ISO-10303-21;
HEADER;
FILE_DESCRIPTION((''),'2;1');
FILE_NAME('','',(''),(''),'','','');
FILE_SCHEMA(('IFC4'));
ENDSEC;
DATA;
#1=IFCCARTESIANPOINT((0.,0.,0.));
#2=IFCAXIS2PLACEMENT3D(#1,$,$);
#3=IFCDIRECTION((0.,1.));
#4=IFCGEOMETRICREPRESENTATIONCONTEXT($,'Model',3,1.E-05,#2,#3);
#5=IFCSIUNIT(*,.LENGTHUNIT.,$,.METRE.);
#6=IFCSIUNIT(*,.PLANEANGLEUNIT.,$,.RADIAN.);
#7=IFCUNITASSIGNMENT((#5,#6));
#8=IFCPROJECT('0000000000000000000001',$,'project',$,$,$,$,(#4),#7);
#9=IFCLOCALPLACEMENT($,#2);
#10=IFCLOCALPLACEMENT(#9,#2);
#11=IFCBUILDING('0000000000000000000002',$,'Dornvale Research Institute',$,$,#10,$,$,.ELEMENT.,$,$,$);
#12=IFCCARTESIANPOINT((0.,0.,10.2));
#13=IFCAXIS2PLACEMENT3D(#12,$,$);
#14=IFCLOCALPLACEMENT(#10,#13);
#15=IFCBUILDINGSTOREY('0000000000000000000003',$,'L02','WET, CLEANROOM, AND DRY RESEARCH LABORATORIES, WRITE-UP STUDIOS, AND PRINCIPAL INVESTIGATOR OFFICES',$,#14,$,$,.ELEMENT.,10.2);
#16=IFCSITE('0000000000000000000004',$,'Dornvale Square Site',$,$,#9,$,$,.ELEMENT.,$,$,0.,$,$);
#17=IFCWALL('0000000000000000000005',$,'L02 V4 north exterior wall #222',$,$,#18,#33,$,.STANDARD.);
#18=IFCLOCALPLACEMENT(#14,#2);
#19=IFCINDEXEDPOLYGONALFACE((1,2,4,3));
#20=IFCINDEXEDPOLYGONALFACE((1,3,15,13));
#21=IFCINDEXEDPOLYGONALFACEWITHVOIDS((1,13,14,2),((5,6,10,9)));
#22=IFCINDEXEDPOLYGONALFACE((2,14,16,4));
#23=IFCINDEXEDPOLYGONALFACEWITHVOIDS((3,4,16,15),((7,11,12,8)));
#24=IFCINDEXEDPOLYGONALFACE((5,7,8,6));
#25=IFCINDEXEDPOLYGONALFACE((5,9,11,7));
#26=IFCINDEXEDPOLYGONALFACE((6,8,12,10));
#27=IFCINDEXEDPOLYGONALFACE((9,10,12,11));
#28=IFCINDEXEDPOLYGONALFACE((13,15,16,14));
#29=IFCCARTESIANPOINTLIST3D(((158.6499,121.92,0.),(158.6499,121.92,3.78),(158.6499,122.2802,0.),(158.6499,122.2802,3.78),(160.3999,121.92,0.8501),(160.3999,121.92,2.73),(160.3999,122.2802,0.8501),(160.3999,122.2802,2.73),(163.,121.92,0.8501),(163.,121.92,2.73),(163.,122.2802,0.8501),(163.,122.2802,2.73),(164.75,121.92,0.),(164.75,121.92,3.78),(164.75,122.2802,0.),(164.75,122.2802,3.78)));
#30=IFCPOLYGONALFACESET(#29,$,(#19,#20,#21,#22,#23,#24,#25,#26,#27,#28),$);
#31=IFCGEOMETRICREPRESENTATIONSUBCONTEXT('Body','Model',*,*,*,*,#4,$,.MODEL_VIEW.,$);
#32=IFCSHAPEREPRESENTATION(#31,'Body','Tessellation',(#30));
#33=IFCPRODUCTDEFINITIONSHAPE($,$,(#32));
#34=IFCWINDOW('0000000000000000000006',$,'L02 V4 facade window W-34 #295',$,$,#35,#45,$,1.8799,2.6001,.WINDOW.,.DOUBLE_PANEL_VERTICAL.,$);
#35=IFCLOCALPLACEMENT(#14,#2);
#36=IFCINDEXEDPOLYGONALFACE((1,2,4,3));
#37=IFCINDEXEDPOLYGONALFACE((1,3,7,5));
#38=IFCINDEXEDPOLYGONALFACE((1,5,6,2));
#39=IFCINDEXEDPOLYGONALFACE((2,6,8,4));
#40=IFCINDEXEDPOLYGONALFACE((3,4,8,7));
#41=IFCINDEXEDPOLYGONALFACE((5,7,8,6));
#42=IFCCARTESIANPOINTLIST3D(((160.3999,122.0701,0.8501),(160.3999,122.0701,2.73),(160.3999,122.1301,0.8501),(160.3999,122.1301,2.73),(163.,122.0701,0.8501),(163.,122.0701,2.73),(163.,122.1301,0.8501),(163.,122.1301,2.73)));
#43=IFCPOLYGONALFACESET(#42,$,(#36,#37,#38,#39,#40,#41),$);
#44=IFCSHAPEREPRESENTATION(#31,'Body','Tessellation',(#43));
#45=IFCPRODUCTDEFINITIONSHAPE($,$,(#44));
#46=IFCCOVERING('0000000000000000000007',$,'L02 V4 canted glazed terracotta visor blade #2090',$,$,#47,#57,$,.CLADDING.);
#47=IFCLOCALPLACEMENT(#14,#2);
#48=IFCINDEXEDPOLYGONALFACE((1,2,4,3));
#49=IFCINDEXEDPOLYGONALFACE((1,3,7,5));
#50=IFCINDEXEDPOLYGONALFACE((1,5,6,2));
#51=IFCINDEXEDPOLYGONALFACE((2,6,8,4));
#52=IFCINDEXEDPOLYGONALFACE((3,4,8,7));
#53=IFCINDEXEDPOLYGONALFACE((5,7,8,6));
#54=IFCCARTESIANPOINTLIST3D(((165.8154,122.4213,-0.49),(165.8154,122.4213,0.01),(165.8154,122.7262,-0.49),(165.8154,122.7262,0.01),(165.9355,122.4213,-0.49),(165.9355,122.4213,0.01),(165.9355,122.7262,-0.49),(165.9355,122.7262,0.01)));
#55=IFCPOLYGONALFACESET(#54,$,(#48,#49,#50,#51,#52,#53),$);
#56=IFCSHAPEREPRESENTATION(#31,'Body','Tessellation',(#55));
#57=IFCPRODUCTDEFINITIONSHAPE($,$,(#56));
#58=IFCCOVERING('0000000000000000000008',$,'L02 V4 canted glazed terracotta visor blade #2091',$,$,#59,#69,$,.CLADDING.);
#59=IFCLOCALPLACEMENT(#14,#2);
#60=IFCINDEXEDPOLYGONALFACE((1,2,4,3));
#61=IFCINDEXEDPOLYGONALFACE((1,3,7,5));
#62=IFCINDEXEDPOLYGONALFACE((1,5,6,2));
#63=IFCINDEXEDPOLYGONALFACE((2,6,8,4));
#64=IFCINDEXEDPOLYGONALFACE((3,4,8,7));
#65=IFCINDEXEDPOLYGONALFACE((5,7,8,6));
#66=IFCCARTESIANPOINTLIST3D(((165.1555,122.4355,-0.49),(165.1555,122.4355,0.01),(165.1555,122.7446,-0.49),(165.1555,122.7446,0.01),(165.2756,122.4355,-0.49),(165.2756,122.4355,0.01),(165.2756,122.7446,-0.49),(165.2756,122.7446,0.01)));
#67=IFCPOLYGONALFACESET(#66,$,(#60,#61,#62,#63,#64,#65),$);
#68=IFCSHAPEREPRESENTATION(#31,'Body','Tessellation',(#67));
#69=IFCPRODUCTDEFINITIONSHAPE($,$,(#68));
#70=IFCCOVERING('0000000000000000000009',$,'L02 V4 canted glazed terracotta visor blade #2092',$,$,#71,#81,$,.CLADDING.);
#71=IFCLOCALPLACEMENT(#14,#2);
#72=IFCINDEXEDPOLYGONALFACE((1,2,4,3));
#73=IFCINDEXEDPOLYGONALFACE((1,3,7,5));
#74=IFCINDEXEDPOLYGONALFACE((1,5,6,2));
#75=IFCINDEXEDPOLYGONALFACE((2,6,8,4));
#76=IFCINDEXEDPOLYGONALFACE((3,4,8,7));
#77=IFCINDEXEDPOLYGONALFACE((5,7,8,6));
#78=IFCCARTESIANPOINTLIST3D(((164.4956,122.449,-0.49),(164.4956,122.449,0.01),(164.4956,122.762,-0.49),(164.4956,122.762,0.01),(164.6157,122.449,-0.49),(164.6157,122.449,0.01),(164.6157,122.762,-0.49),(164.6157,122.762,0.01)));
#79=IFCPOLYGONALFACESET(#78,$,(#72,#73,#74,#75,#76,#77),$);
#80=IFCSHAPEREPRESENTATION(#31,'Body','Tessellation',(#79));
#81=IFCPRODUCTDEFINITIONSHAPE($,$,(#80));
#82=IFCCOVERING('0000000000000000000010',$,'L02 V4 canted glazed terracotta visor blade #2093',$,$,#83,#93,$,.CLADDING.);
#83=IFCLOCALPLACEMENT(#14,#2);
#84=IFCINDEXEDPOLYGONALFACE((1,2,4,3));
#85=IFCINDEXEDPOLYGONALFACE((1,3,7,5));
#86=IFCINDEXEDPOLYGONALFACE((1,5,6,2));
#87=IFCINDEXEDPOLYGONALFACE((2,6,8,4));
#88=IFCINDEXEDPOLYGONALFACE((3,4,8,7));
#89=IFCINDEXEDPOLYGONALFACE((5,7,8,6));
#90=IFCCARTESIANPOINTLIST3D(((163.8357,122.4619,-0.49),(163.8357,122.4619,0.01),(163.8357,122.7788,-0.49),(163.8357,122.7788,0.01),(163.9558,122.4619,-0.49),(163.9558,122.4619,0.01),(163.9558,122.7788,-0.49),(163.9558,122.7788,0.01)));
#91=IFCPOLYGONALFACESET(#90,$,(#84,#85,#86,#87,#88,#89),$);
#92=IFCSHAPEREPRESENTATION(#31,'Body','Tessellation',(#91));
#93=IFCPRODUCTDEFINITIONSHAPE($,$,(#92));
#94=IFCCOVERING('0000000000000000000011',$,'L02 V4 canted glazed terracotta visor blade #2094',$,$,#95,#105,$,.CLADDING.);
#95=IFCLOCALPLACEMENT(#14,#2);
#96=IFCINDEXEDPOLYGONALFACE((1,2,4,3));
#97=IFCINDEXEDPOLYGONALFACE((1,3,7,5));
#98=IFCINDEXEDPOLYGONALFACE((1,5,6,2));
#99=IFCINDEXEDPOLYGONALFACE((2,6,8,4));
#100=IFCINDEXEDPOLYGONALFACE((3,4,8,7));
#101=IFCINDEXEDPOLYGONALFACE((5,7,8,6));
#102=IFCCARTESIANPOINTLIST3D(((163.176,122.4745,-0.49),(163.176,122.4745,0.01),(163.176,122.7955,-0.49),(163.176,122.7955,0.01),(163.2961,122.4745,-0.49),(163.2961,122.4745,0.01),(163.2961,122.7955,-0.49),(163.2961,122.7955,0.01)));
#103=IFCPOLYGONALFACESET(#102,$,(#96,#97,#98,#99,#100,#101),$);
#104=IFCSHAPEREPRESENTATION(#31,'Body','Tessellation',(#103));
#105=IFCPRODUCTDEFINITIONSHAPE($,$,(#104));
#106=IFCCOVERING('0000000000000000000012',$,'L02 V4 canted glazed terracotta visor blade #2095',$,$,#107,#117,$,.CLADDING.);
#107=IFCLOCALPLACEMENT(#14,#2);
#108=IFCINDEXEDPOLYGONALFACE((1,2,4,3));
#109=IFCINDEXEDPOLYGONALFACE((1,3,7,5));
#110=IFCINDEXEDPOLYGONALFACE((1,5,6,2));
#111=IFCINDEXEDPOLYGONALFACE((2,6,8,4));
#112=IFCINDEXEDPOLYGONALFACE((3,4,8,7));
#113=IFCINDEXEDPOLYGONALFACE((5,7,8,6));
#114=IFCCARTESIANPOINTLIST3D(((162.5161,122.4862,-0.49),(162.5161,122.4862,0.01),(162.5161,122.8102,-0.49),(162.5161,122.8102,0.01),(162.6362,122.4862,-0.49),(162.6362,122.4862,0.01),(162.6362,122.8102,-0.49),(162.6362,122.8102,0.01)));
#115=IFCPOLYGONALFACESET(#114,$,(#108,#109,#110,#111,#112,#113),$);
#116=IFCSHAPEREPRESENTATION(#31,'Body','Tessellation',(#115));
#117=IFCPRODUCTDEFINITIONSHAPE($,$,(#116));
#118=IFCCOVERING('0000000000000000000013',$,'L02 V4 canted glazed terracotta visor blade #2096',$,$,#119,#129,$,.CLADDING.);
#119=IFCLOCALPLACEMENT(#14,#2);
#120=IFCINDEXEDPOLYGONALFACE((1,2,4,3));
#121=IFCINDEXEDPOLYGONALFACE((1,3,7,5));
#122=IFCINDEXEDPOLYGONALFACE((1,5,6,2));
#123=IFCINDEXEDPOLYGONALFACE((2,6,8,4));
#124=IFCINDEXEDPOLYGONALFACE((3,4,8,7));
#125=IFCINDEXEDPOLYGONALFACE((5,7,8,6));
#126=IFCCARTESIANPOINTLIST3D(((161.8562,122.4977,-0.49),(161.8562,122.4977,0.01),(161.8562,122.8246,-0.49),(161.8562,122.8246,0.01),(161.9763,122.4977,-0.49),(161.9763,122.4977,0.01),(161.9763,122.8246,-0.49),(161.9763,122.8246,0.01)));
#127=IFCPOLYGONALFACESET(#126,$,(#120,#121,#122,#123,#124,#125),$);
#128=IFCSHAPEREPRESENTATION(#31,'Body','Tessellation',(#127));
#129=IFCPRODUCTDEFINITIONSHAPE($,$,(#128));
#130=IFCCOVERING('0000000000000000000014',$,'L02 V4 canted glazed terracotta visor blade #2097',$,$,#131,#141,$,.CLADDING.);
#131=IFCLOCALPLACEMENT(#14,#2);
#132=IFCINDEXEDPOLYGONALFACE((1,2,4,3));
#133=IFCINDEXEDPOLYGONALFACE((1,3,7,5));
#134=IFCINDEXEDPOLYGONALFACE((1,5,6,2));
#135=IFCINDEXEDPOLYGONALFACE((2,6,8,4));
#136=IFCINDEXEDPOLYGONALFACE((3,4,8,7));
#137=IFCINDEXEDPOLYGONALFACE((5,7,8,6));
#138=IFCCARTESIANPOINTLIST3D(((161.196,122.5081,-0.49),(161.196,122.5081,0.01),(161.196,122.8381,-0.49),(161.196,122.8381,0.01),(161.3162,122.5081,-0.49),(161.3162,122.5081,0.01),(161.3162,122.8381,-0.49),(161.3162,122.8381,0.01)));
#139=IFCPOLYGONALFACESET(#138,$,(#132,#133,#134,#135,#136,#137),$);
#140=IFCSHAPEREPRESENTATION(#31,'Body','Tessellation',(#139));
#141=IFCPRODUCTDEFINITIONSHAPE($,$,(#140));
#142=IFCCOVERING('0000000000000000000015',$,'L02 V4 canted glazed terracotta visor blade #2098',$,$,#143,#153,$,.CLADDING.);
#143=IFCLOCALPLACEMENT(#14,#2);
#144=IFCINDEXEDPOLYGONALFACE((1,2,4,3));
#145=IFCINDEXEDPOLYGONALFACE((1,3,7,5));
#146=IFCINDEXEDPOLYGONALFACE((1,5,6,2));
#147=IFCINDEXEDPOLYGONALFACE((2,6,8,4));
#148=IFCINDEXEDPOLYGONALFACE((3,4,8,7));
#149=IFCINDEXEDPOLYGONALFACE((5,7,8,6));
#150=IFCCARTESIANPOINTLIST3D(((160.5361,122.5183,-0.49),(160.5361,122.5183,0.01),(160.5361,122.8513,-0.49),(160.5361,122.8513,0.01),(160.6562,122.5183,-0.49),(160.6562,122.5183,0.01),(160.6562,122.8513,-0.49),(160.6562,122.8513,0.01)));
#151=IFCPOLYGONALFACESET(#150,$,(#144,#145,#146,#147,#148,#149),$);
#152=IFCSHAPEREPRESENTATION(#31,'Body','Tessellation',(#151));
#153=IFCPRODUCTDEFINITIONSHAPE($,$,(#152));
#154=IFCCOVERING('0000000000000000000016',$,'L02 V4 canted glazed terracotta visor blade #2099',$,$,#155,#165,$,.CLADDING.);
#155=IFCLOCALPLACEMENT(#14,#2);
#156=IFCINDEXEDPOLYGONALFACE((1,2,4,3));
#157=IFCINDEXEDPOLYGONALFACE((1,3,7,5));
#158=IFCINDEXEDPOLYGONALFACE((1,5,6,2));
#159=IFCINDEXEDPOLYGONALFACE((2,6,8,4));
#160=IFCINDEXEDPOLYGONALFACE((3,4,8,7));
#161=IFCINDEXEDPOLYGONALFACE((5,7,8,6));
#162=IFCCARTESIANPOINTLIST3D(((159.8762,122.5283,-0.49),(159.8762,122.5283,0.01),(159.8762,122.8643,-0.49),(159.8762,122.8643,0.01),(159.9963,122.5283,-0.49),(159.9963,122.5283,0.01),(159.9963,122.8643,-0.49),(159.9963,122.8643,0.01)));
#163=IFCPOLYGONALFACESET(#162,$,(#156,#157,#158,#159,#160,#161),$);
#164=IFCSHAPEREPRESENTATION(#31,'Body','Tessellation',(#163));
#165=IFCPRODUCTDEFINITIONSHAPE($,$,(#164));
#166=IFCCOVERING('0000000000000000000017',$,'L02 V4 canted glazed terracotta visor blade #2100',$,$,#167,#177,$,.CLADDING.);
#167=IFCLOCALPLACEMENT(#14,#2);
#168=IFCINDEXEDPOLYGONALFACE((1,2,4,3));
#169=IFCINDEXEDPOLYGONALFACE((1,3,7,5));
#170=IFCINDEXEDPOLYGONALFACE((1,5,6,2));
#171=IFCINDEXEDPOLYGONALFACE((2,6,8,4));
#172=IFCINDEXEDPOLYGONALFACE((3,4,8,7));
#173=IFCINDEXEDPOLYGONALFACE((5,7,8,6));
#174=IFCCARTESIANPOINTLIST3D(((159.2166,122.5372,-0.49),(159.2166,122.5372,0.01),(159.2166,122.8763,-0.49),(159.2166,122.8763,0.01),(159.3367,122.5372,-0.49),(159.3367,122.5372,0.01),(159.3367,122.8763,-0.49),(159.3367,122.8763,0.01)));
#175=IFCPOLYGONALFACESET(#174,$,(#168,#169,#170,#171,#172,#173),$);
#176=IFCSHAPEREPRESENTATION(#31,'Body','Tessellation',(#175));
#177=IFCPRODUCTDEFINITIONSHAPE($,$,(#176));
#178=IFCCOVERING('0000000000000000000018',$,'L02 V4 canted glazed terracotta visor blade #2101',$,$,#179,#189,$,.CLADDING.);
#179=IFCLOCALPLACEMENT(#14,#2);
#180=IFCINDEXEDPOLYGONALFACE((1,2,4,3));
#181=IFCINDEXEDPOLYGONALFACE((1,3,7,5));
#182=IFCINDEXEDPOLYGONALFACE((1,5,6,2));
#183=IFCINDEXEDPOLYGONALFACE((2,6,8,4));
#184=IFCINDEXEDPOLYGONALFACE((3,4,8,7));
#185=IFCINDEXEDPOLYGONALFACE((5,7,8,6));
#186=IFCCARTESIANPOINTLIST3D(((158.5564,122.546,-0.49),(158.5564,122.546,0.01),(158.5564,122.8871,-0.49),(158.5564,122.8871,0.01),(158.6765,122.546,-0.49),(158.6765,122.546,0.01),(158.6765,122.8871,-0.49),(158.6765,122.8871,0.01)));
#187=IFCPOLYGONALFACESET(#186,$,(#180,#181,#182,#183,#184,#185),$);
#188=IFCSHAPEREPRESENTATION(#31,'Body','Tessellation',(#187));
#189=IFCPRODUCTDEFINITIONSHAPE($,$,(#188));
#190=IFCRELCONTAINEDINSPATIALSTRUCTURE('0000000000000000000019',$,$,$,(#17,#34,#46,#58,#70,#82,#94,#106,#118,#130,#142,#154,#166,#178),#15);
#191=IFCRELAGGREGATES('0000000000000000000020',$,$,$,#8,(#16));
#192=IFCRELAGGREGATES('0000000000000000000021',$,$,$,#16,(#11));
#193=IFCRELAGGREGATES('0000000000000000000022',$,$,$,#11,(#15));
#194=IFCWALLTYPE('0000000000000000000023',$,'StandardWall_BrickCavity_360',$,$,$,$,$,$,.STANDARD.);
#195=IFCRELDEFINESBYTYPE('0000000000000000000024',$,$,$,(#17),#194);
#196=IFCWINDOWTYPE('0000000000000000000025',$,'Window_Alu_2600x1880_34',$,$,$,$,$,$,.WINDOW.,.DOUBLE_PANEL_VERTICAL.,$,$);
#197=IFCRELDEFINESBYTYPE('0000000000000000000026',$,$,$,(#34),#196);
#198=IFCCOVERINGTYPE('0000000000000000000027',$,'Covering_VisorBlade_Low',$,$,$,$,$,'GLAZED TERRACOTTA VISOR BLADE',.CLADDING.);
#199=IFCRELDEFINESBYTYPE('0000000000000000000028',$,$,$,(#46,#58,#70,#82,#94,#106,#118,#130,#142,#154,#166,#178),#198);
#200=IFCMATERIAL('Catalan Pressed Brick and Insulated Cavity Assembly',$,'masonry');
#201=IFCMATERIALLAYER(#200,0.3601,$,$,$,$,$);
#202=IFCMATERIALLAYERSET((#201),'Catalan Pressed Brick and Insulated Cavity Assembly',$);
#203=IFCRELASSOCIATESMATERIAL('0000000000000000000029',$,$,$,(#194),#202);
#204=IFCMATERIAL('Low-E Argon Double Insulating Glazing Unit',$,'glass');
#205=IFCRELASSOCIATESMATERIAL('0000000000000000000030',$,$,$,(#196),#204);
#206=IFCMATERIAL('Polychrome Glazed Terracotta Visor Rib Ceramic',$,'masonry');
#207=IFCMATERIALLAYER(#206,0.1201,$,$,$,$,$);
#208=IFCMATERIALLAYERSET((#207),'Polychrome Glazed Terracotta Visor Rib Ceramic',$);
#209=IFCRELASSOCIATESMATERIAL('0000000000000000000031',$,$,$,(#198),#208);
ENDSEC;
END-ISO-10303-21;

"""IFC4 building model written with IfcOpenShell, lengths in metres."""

from ifc_helpers import new_model, si_unit, direction, frame, frame_2d, origin, origin_2d, place, context, subcontext, project, spatial, rectangle, extrude, material, layer, layer_set, type_object, element, fill, save


model = new_model("IFC4")

# Units and contexts
model_context = context("Model", 3, precision=1e-05, world=origin(), true_north=direction((0.0, 1.0)))
body_context = subcontext(model_context, "Body", "Model", "MODEL_VIEW")
ifc_project = project(units=[si_unit("LENGTHUNIT", "METRE"), si_unit("PLANEANGLEUNIT", "RADIAN")], contexts=[model_context])

# Site, building, storey
site_placement = place(None, origin())
site = spatial("IfcSite", under=ifc_project, at=site_placement, Name="Dornvale Square Site", CompositionType="ELEMENT", RefElevation=0.0)
building_placement = place(site_placement, origin())
building = spatial("IfcBuilding", under=site, at=building_placement, Name="Dornvale Research Institute", CompositionType="ELEMENT")
storey_placement = place(building_placement, frame((0.0, 0.0, 10.2)))
storey = spatial("IfcBuildingStorey", under=building, at=storey_placement, Name="L02", Description="WET, CLEANROOM, AND DRY RESEARCH LABORATORIES, WRITE-UP STUDIOS, AND PRINCIPAL INVESTIGATOR OFFICES", CompositionType="ELEMENT", Elevation=10.2)

# Wall, opening, window
ifc_material_1 = material(Name="Catalan Pressed Brick and Insulated Cavity Assembly", Category="masonry")
ifc_layer_1 = layer(ifc_material_1, 0.3601)
ifc_layer_set_1 = layer_set([ifc_layer_1], Name="Catalan Pressed Brick and Insulated Cavity Assembly")
wall_type = type_object("IfcWallType", Name="StandardWall_BrickCavity_360", PredefinedType="STANDARD", material=ifc_layer_set_1)
wall_placement = place(storey_placement, frame((158.6499, 122.1001, 0.0), z_axis=(0.0, 0.0, 1.0), x_axis=(1.0, 0.0, 0.0)))
wall = element("IfcWall", 1, at=wall_placement, inside=storey, type_object=wall_type, Name="L02 V4 north exterior wall #222", PredefinedType="STANDARD", context=body_context, shape_type="SweptSolid", body=[
    extrude(rectangle(XDim=6.1001, YDim=0.3601, at=frame_2d((3.05, 0.0))), origin(), (0.0, 0.0, 1.0), 3.78),
])
opening_placement = place(wall_placement, frame((1.75, 0.0, 0.8501)))
opening = element("IfcOpeningElement", 2, at=opening_placement, cuts=wall, PredefinedType="OPENING", context=body_context, shape_type="SweptSolid", body=[
    extrude(rectangle(XDim=2.6001, YDim=1.8799, at=frame_2d((1.3, 0.9399))), frame((0.0, 0.1951, 0.0), z_axis=(0.0, -1.0, 0.0), x_axis=(1.0, 0.0, 0.0)), (0.0, 0.0, 1.0), 0.3901),
])
ifc_material_2 = material(Name="Low-E Argon Double Insulating Glazing Unit", Category="glass")
window_type = type_object("IfcWindowType", Name="Window_Alu_2600x1880_34", PartitioningType="DOUBLE_PANEL_VERTICAL", PredefinedType="WINDOW", material=ifc_material_2)
window_placement = place(opening_placement, origin())
window = element("IfcWindow", 3, at=window_placement, inside=storey, type_object=window_type, Name="L02 V4 facade window W-34 #295", OverallHeight=1.8799, OverallWidth=2.6001, PartitioningType="DOUBLE_PANEL_VERTICAL", PredefinedType="WINDOW", context=body_context, shape_type="SweptSolid", body=[
    extrude(rectangle(XDim=2.6001, YDim=1.8799, at=frame_2d((1.3, 0.9399))), frame((0.0, 0.03, 0.0), z_axis=(0.0, -1.0, 0.0), x_axis=(1.0, 0.0, 0.0)), (0.0, 0.0, 1.0), 0.0601),
])
fill(opening, window)

# Coverings
ifc_material_3 = material(Name="Polychrome Glazed Terracotta Visor Rib Ceramic", Category="masonry")
ifc_layer_2 = layer(ifc_material_3, 0.1201)
ifc_layer_set_2 = layer_set([ifc_layer_2], Name="Polychrome Glazed Terracotta Visor Rib Ceramic")
covering_type = type_object("IfcCoveringType", Name="Covering_VisorBlade_Low", ElementType="GLAZED TERRACOTTA VISOR BLADE", PredefinedType="CLADDING", material=ifc_layer_set_2)
covering_1_placement = place(storey_placement, frame((165.8755, 122.5737, -0.49), z_axis=(0.0, 0.0, 1.0), x_axis=(0.0, 1.0, 0.0)))
element("IfcCovering", 4, at=covering_1_placement, inside=storey, type_object=covering_type, Name="L02 V4 canted glazed terracotta visor blade #2090", PredefinedType="CLADDING", context=body_context, shape_type="SweptSolid", body=[
    extrude(rectangle(XDim=0.3049, YDim=0.1201, at=origin_2d()), origin(), (0.0, 0.0, 1.0), 0.5),
])
covering_2_placement = place(storey_placement, frame((165.2156, 122.5901, -0.49), z_axis=(0.0, 0.0, 1.0), x_axis=(0.0, 1.0, 0.0)))
element("IfcCovering", 5, at=covering_2_placement, inside=storey, type_object=covering_type, Name="L02 V4 canted glazed terracotta visor blade #2091", PredefinedType="CLADDING", context=body_context, shape_type="SweptSolid", body=[
    extrude(rectangle(XDim=0.3091, YDim=0.1201, at=origin_2d()), origin(), (0.0, 0.0, 1.0), 0.5),
])
covering_3_placement = place(storey_placement, frame((164.5557, 122.6055, -0.49), z_axis=(0.0, 0.0, 1.0), x_axis=(0.0, 1.0, 0.0)))
element("IfcCovering", 6, at=covering_3_placement, inside=storey, type_object=covering_type, Name="L02 V4 canted glazed terracotta visor blade #2092", PredefinedType="CLADDING", context=body_context, shape_type="SweptSolid", body=[
    extrude(rectangle(XDim=0.313, YDim=0.1201, at=origin_2d()), origin(), (0.0, 0.0, 1.0), 0.5),
])
covering_4_placement = place(storey_placement, frame((163.8958, 122.6204, -0.49), z_axis=(0.0, 0.0, 1.0), x_axis=(0.0, 1.0, 0.0)))
element("IfcCovering", 7, at=covering_4_placement, inside=storey, type_object=covering_type, Name="L02 V4 canted glazed terracotta visor blade #2093", PredefinedType="CLADDING", context=body_context, shape_type="SweptSolid", body=[
    extrude(rectangle(XDim=0.3169, YDim=0.1201, at=origin_2d()), origin(), (0.0, 0.0, 1.0), 0.5),
])
covering_5_placement = place(storey_placement, frame((163.2361, 122.635, -0.49), z_axis=(0.0, 0.0, 1.0), x_axis=(0.0, 1.0, 0.0)))
element("IfcCovering", 8, at=covering_5_placement, inside=storey, type_object=covering_type, Name="L02 V4 canted glazed terracotta visor blade #2094", PredefinedType="CLADDING", context=body_context, shape_type="SweptSolid", body=[
    extrude(rectangle(XDim=0.321, YDim=0.1201, at=origin_2d()), origin(), (0.0, 0.0, 1.0), 0.5),
])
covering_6_placement = place(storey_placement, frame((162.5762, 122.6482, -0.49), z_axis=(0.0, 0.0, 1.0), x_axis=(0.0, 1.0, 0.0)))
element("IfcCovering", 9, at=covering_6_placement, inside=storey, type_object=covering_type, Name="L02 V4 canted glazed terracotta visor blade #2095", PredefinedType="CLADDING", context=body_context, shape_type="SweptSolid", body=[
    extrude(rectangle(XDim=0.324, YDim=0.1201, at=origin_2d()), origin(), (0.0, 0.0, 1.0), 0.5),
])
covering_7_placement = place(storey_placement, frame((161.9163, 122.6611, -0.49), z_axis=(0.0, 0.0, 1.0), x_axis=(0.0, 1.0, 0.0)))
element("IfcCovering", 10, at=covering_7_placement, inside=storey, type_object=covering_type, Name="L02 V4 canted glazed terracotta visor blade #2096", PredefinedType="CLADDING", context=body_context, shape_type="SweptSolid", body=[
    extrude(rectangle(XDim=0.3269, YDim=0.1201, at=origin_2d()), origin(), (0.0, 0.0, 1.0), 0.5),
])
covering_8_placement = place(storey_placement, frame((161.2561, 122.6731, -0.49), z_axis=(0.0, 0.0, 1.0), x_axis=(0.0, 1.0, 0.0)))
element("IfcCovering", 11, at=covering_8_placement, inside=storey, type_object=covering_type, Name="L02 V4 canted glazed terracotta visor blade #2097", PredefinedType="CLADDING", context=body_context, shape_type="SweptSolid", body=[
    extrude(rectangle(XDim=0.3301, YDim=0.1201, at=origin_2d()), origin(), (0.0, 0.0, 1.0), 0.5),
])
covering_9_placement = place(storey_placement, frame((160.5962, 122.6848, -0.49), z_axis=(0.0, 0.0, 1.0), x_axis=(0.0, 1.0, 0.0)))
element("IfcCovering", 12, at=covering_9_placement, inside=storey, type_object=covering_type, Name="L02 V4 canted glazed terracotta visor blade #2098", PredefinedType="CLADDING", context=body_context, shape_type="SweptSolid", body=[
    extrude(rectangle(XDim=0.333, YDim=0.1201, at=origin_2d()), origin(), (0.0, 0.0, 1.0), 0.5),
])
covering_10_placement = place(storey_placement, frame((159.9363, 122.6963, -0.49), z_axis=(0.0, 0.0, 1.0), x_axis=(0.0, 1.0, 0.0)))
element("IfcCovering", 13, at=covering_10_placement, inside=storey, type_object=covering_type, Name="L02 V4 canted glazed terracotta visor blade #2099", PredefinedType="CLADDING", context=body_context, shape_type="SweptSolid", body=[
    extrude(rectangle(XDim=0.3359, YDim=0.1201, at=origin_2d()), origin(), (0.0, 0.0, 1.0), 0.5),
])
covering_11_placement = place(storey_placement, frame((159.2766, 122.7068, -0.49), z_axis=(0.0, 0.0, 1.0), x_axis=(0.0, 1.0, 0.0)))
element("IfcCovering", 14, at=covering_11_placement, inside=storey, type_object=covering_type, Name="L02 V4 canted glazed terracotta visor blade #2100", PredefinedType="CLADDING", context=body_context, shape_type="SweptSolid", body=[
    extrude(rectangle(XDim=0.3391, YDim=0.1201, at=origin_2d()), origin(), (0.0, 0.0, 1.0), 0.5),
])
covering_12_placement = place(storey_placement, frame((158.6165, 122.7166, -0.49), z_axis=(0.0, 0.0, 1.0), x_axis=(0.0, 1.0, 0.0)))
element("IfcCovering", 15, at=covering_12_placement, inside=storey, type_object=covering_type, Name="L02 V4 canted glazed terracotta visor blade #2101", PredefinedType="CLADDING", context=body_context, shape_type="SweptSolid", body=[
    extrude(rectangle(XDim=0.3411, YDim=0.1201, at=origin_2d()), origin(), (0.0, 0.0, 1.0), 0.5),
])

save(model, "model.ifc")
